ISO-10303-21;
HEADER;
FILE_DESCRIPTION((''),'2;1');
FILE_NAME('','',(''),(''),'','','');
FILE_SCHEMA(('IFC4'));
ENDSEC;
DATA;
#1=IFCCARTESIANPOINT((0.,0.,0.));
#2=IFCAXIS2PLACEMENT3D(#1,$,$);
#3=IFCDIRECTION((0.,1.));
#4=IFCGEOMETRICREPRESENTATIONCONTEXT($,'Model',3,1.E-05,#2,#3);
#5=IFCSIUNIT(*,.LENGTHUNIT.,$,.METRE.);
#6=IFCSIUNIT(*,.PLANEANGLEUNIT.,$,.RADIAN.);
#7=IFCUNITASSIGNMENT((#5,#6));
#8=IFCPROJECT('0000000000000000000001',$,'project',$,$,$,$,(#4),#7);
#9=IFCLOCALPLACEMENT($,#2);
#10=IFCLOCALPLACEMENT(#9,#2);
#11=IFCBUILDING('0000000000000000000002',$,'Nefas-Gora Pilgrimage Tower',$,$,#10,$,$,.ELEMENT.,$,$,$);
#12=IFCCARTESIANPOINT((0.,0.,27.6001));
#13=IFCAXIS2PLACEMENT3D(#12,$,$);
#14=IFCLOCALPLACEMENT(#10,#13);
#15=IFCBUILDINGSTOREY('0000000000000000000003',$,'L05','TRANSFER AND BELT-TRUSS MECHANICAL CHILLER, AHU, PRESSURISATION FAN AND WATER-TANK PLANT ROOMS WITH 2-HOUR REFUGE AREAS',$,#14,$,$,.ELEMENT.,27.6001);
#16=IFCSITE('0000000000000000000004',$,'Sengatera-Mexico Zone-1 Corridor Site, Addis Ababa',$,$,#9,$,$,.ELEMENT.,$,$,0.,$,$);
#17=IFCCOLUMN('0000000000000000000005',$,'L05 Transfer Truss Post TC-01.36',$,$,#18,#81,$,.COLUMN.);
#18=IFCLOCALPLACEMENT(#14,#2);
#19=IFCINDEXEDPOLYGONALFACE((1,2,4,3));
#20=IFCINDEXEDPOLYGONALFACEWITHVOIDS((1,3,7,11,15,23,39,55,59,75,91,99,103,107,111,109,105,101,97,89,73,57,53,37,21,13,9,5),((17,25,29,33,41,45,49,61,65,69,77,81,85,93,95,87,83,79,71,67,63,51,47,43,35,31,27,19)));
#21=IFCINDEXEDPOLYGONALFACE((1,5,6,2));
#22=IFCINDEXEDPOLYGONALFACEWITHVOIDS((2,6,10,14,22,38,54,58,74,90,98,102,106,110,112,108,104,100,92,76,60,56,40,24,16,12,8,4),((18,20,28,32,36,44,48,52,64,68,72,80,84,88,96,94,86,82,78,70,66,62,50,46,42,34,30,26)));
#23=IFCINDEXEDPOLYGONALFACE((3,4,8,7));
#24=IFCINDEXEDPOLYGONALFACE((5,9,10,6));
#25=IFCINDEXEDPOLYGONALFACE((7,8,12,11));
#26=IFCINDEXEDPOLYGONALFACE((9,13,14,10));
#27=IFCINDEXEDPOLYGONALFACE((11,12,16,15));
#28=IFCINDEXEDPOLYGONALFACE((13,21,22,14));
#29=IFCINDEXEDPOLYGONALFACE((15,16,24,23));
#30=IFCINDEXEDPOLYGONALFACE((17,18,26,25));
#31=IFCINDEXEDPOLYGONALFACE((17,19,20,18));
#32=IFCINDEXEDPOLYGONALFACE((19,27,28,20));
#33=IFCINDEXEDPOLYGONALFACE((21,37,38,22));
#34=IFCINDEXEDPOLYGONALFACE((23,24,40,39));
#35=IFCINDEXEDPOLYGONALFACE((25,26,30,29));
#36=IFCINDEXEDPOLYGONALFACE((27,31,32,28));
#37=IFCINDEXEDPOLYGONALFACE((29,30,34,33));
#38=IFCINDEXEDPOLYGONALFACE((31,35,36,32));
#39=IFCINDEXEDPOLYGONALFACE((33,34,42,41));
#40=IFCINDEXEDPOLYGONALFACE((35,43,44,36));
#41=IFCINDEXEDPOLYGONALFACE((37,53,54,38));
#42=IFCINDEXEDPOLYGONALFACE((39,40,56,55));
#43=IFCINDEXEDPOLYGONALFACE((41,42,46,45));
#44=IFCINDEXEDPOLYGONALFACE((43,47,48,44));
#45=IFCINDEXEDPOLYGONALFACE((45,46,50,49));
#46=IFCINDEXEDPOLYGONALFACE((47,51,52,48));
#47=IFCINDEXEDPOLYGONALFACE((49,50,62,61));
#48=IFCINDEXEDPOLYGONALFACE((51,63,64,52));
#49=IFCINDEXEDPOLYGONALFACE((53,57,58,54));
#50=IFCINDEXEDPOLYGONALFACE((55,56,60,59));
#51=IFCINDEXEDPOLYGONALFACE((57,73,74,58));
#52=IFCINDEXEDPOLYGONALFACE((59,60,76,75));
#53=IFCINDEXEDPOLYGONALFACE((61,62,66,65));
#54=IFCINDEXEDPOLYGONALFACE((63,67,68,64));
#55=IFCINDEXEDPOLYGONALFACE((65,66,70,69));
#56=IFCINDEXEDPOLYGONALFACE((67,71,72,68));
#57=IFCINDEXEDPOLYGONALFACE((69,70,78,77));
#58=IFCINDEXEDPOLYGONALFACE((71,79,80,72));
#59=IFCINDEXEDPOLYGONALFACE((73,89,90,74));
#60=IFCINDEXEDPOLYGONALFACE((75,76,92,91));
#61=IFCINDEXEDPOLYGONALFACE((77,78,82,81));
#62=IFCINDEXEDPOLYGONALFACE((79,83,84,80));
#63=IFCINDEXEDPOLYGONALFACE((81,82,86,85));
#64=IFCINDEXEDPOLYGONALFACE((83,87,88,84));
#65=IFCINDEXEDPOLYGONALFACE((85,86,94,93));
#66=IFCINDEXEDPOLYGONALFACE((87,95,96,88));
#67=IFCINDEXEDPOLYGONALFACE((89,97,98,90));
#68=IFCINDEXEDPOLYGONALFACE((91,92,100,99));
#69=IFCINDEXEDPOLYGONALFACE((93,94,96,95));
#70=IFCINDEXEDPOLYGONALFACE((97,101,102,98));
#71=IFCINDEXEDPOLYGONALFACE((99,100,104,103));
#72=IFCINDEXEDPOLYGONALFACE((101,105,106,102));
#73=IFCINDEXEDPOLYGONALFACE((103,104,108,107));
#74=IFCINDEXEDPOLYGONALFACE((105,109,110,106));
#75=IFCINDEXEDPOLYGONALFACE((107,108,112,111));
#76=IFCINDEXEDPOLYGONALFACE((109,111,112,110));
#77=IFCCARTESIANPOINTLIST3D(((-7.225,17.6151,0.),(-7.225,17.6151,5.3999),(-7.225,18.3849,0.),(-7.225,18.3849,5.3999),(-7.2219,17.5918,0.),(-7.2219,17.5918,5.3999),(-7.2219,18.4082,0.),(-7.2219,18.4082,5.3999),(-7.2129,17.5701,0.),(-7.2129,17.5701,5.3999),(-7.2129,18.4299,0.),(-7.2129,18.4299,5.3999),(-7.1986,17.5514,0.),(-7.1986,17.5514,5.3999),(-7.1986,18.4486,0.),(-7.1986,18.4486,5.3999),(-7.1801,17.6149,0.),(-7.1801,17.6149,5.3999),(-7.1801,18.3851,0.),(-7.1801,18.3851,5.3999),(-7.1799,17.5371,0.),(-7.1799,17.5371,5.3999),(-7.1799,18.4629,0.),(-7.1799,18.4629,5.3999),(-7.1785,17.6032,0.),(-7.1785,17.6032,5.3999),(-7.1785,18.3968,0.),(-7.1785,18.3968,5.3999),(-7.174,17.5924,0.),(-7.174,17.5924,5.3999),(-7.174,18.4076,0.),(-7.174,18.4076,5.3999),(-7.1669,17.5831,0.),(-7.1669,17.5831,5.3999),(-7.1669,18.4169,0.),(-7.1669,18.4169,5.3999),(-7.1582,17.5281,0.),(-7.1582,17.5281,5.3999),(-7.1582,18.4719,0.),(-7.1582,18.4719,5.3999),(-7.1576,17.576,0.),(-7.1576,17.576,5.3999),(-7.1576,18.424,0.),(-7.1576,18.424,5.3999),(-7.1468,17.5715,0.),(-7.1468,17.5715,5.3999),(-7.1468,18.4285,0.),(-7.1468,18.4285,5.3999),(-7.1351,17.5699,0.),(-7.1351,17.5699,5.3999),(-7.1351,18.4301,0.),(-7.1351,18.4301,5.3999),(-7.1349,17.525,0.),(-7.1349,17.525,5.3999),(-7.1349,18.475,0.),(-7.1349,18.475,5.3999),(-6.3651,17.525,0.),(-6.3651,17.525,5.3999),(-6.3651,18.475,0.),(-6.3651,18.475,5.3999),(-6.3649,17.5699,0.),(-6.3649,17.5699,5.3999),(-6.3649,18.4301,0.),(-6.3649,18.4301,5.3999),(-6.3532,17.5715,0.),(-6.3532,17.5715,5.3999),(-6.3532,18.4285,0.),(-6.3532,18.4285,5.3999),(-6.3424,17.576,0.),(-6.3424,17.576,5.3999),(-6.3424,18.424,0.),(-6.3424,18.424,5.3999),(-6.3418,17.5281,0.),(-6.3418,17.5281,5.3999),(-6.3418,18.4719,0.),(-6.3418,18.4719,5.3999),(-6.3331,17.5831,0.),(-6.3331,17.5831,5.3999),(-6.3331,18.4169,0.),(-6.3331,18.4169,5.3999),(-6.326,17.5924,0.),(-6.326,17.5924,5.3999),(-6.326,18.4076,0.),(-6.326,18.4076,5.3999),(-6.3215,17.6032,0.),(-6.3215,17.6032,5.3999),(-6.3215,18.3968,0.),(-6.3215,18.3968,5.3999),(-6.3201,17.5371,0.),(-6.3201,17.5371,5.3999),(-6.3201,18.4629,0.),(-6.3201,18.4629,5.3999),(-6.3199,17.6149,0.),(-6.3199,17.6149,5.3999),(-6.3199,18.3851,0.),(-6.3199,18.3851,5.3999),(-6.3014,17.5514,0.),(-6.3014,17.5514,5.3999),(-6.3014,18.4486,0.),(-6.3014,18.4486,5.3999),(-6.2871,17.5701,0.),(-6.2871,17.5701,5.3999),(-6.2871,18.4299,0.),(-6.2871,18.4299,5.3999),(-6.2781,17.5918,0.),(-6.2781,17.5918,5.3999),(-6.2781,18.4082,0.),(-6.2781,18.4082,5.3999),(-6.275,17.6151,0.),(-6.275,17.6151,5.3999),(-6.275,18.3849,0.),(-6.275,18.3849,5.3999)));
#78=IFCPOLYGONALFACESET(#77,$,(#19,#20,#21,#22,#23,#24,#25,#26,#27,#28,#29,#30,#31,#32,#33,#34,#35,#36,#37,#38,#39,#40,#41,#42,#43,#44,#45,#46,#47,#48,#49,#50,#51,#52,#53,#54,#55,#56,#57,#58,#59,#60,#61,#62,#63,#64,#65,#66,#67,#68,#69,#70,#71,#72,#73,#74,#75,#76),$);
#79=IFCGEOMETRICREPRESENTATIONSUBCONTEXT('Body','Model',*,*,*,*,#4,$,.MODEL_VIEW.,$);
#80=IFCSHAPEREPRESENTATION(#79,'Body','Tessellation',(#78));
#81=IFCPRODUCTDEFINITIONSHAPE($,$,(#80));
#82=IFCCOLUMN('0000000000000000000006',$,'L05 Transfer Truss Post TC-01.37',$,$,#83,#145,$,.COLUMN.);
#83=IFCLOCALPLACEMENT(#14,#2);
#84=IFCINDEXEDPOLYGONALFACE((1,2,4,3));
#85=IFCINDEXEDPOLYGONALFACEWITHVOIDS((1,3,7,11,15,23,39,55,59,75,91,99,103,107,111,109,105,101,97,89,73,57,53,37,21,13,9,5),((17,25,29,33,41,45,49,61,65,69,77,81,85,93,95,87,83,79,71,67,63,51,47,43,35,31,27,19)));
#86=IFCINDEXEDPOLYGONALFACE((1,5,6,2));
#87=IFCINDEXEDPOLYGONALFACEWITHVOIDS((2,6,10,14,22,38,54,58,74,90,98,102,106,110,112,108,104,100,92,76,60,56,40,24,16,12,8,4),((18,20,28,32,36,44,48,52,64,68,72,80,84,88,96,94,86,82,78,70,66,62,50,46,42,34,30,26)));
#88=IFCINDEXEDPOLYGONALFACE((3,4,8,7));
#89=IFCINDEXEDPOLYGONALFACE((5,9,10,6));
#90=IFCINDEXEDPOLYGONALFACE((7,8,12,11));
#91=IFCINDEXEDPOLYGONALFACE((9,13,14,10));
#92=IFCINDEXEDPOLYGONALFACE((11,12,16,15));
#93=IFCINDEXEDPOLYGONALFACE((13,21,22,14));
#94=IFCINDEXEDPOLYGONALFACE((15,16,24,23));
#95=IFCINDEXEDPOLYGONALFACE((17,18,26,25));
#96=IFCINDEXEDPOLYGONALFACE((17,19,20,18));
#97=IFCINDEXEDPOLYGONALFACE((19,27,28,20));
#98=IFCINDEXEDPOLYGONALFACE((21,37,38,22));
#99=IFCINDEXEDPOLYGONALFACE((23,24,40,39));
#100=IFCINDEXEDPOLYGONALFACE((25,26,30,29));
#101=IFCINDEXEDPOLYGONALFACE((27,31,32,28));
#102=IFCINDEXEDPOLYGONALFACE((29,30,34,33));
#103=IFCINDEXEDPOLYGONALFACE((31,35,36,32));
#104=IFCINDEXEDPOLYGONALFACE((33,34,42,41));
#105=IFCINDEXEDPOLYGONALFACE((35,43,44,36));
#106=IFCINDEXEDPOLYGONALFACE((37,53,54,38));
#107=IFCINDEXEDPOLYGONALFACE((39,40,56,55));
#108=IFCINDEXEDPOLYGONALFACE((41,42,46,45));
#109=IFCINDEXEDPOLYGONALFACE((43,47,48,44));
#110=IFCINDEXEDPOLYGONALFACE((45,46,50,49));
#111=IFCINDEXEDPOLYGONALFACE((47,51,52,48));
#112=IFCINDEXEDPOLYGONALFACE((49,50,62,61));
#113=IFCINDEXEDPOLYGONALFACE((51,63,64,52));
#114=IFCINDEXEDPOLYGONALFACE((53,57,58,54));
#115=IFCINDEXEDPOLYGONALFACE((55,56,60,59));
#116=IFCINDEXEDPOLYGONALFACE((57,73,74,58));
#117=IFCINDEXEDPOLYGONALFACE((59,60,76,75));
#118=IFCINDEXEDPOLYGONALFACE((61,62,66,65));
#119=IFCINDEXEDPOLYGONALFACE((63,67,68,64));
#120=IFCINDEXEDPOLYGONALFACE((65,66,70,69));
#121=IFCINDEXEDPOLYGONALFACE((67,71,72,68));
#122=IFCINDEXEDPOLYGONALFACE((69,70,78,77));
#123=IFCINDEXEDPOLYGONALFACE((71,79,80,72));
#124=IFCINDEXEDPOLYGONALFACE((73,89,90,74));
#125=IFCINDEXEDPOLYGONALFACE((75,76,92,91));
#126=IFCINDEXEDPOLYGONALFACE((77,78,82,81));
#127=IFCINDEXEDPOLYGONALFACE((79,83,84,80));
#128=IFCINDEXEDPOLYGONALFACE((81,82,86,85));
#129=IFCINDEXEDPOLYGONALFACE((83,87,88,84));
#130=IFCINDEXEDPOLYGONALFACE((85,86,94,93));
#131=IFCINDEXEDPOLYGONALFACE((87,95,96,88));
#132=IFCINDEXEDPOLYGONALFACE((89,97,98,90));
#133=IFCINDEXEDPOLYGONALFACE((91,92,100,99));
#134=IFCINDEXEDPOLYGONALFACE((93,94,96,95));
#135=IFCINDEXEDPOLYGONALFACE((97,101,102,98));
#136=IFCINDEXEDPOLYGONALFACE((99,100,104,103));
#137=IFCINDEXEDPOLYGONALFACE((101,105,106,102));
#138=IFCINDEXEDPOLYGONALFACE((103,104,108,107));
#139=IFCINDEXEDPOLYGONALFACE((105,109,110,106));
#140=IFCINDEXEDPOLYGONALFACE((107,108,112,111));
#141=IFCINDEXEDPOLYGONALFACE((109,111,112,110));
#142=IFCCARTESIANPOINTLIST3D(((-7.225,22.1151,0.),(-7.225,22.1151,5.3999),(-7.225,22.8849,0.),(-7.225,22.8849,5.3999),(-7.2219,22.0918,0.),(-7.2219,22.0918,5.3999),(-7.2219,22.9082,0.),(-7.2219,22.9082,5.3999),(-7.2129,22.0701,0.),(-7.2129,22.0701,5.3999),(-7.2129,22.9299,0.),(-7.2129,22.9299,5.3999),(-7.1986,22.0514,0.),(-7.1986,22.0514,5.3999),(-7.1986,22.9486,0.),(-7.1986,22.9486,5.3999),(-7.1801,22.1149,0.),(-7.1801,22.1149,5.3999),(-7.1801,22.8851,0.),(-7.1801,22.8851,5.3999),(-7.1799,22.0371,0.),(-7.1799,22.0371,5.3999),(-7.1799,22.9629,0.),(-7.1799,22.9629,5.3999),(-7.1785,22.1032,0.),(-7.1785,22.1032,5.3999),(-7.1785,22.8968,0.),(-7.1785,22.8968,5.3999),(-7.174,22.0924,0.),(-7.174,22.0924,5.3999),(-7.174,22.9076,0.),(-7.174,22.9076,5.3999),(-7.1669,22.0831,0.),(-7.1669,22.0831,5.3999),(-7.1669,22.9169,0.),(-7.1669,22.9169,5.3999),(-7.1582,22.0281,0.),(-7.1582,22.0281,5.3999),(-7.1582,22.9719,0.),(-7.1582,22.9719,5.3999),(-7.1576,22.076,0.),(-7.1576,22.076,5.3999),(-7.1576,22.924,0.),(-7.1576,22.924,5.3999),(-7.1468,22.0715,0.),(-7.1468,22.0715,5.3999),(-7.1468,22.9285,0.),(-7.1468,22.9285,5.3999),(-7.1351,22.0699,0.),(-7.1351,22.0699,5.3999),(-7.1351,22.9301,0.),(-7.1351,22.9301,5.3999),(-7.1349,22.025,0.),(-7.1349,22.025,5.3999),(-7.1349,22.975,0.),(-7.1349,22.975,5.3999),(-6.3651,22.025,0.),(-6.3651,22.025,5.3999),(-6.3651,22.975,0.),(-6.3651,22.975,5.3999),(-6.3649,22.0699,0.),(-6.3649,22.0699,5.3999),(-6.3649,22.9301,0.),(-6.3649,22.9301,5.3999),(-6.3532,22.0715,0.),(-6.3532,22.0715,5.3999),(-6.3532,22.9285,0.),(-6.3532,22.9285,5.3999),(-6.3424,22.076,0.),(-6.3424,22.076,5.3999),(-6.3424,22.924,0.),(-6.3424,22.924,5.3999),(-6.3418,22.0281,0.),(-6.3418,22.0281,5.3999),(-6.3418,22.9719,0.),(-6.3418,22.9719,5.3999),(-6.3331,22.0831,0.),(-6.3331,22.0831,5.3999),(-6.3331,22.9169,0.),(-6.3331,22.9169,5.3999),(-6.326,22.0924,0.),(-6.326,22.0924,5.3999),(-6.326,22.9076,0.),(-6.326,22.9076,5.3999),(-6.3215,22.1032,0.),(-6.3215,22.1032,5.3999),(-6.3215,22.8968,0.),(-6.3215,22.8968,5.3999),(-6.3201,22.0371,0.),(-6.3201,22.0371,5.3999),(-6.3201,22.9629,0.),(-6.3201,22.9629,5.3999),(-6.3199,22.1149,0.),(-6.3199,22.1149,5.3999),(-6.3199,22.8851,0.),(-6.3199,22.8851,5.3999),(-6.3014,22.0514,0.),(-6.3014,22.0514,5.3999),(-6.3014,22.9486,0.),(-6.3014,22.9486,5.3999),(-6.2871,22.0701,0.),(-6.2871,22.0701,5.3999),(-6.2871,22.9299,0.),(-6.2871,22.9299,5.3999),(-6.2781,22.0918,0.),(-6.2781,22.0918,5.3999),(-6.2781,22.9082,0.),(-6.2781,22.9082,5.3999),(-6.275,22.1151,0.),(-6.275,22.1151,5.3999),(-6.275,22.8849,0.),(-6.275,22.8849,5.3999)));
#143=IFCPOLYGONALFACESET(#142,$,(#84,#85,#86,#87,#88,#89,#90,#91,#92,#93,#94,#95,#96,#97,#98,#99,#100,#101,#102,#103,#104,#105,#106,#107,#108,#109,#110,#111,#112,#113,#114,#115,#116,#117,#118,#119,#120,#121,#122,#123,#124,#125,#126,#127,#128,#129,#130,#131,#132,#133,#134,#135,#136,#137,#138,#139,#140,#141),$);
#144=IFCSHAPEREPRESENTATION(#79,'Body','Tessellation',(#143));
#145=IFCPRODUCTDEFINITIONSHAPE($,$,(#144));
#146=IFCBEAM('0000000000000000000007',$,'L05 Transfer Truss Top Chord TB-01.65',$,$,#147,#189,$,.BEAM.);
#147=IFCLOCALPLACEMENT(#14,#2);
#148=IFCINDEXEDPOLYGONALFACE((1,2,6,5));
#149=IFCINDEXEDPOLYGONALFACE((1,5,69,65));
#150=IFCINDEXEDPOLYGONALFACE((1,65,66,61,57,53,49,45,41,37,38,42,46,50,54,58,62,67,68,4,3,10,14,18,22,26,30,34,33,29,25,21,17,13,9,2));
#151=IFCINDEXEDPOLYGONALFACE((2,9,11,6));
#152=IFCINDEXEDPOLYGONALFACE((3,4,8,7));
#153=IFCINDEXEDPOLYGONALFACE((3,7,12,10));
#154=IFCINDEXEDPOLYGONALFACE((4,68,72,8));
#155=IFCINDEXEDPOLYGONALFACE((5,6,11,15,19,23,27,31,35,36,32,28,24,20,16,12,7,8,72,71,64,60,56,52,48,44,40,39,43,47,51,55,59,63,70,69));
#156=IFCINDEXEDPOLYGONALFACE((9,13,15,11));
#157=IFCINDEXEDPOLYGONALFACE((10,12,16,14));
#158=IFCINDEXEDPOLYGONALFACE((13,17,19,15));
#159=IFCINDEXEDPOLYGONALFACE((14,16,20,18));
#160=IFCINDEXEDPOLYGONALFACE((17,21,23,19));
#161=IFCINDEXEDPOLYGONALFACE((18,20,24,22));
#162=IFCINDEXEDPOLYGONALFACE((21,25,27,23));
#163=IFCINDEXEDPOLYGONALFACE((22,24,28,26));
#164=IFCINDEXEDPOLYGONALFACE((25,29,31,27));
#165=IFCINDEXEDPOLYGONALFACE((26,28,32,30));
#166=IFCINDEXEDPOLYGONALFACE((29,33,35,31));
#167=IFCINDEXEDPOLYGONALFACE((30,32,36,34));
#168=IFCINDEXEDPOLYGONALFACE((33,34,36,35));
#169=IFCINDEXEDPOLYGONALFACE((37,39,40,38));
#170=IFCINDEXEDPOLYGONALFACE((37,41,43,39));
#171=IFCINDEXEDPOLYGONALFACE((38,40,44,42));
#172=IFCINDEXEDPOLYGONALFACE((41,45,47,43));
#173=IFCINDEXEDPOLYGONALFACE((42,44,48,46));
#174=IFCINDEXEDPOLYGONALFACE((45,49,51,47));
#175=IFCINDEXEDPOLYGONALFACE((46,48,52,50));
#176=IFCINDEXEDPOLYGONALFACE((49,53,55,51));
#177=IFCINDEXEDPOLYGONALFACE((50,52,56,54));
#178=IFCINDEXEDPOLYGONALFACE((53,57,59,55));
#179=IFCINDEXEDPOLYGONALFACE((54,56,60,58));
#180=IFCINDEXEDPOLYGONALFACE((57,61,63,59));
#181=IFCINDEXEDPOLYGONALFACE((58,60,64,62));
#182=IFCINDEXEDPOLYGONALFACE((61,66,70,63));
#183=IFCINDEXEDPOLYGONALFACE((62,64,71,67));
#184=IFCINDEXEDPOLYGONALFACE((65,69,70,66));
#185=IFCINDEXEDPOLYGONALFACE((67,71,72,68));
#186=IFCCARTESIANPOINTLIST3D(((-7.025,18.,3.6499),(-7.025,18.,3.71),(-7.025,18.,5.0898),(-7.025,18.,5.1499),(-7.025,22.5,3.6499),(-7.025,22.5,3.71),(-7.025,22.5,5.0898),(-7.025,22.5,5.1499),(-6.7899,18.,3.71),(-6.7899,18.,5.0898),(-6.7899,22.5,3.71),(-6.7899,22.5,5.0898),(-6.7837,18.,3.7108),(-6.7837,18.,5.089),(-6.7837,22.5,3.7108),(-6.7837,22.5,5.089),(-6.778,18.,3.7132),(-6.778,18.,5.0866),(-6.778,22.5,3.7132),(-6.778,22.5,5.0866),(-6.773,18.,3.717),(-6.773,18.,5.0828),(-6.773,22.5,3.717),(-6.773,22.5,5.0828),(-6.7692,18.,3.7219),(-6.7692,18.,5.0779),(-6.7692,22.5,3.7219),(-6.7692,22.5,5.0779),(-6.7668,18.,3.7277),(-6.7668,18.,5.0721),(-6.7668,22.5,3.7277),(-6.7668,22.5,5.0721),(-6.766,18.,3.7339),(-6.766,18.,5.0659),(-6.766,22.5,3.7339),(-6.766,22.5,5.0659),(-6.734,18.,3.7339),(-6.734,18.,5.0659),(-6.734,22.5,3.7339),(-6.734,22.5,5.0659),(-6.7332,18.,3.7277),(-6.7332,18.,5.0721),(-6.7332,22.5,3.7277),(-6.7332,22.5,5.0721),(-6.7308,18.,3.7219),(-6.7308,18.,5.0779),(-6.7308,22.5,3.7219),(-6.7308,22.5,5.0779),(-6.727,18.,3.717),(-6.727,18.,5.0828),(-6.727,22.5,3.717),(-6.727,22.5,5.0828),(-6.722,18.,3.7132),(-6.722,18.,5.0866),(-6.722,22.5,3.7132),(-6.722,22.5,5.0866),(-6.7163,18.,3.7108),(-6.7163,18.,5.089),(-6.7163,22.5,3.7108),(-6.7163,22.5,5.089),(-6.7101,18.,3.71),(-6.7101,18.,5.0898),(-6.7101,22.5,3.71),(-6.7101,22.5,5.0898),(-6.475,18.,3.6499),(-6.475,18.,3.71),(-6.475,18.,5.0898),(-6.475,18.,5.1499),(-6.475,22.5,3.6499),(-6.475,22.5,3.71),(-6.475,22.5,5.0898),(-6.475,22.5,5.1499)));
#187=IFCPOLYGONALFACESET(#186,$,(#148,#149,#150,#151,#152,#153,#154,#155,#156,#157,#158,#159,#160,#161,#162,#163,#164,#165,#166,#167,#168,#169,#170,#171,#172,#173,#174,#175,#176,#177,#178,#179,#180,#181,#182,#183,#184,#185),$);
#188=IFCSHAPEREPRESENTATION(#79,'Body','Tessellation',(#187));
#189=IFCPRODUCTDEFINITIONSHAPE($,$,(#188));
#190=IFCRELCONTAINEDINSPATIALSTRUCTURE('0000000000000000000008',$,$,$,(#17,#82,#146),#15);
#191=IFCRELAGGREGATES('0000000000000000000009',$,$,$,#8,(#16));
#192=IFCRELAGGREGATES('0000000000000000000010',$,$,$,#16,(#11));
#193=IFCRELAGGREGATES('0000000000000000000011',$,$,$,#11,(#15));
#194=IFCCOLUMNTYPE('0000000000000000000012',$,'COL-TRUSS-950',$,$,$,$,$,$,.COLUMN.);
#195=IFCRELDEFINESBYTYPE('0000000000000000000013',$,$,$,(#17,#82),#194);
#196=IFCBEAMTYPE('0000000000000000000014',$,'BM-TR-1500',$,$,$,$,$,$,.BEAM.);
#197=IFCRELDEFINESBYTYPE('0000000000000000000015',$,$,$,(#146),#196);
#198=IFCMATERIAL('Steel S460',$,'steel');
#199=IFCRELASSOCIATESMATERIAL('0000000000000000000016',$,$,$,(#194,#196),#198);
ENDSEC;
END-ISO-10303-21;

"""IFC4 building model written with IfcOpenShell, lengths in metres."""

from ifc_helpers import new_model, si_unit, direction, frame, origin, origin_2d, place, context, subcontext, project, spatial, hollow_rectangle, i_section, extrude, source, transform, mapped, material, material_profile, profile_set, type_object, element, save


model = new_model("IFC4")

# Units and contexts
model_context = context("Model", 3, precision=1e-05, world=origin(), true_north=direction((0.0, 1.0)))
body_context = subcontext(model_context, "Body", "Model", "MODEL_VIEW")
ifc_project = project(units=[si_unit("LENGTHUNIT", "METRE"), si_unit("PLANEANGLEUNIT", "RADIAN")], contexts=[model_context])

# Site, building, storey
site_placement = place(None, origin())
site = spatial("IfcSite", under=ifc_project, at=site_placement, Name="Sengatera-Mexico Zone-1 Corridor Site, Addis Ababa", CompositionType="ELEMENT", RefElevation=0.0)
building_placement = place(site_placement, origin())
building = spatial("IfcBuilding", under=site, at=building_placement, Name="Nefas-Gora Pilgrimage Tower", CompositionType="ELEMENT")
storey_placement = place(building_placement, frame((0.0, 0.0, 27.6001)))
storey = spatial("IfcBuildingStorey", under=building, at=storey_placement, Name="L05", Description="TRANSFER AND BELT-TRUSS MECHANICAL CHILLER, AHU, PRESSURISATION FAN AND WATER-TANK PLANT ROOMS WITH 2-HOUR REFUGE AREAS", CompositionType="ELEMENT", Elevation=27.6001)

# Columns
ifc_material = material(Name="Steel S460", Category="steel")
ifc_material_profile_1 = material_profile(ifc_material, hollow_rectangle(XDim=0.95, YDim=0.95, WallThickness=0.0449, InnerFilletRadius=0.0449, OuterFilletRadius=0.0901, at=origin_2d()), Name="BOX 950x950x45")
ifc_profile_set_1 = profile_set([ifc_material_profile_1], Name="Steel S460")
column_type_1 = type_object("IfcColumnType", Name="COL-TRUSS-950", PredefinedType="COLUMN", material=ifc_profile_set_1)
shared_shape_1 = source(origin(), body_context, "Body", "SweptSolid", [
    extrude(hollow_rectangle(XDim=0.95, YDim=0.95, WallThickness=0.0449, InnerFilletRadius=0.0449, OuterFilletRadius=0.0901, at=origin_2d()), origin(), (0.0, 0.0, 1.0), 5.3999),
])
for number, where, z_axis, x_axis, name in (
    (1, (-6.75, 18.0, 0.0), (0.0, 0.0, 1.0), (1.0, 0.0, 0.0), "L05 Transfer Truss Post TC-01.36"),
    (2, (-6.75, 22.5, 0.0), (0.0, 0.0, 1.0), (1.0, 0.0, 0.0), "L05 Transfer Truss Post TC-01.37"),
):
    element("IfcColumn", number, at=place(storey_placement, frame(where, z_axis=z_axis, x_axis=x_axis)), inside=storey, type_object=column_type_1, Name=name, PredefinedType="COLUMN", context=body_context, shape_type="MappedRepresentation", body=[
        mapped(shared_shape_1, transform((0.0, 0.0, 0.0), x_axis=(1.0, 0.0, 0.0), y_axis=(0.0, 1.0, 0.0), z_axis=(0.0, 0.0, 1.0), scale=1.0)),
    ])

# Beam
ifc_material_profile_2 = material_profile(ifc_material, i_section(OverallWidth=0.55, OverallDepth=1.5, WebThickness=0.032, FlangeThickness=0.0601, FilletRadius=0.0239, at=origin_2d()), Name="WPG 1500x550x32x60")
ifc_profile_set_2 = profile_set([ifc_material_profile_2], Name="Steel S460")
beam_type_1 = type_object("IfcBeamType", Name="BM-TR-1500", PredefinedType="BEAM", material=ifc_profile_set_2)
shared_shape_2 = source(origin(), body_context, "Body", "SweptSolid", [
    extrude(i_section(OverallWidth=0.55, OverallDepth=1.5, WebThickness=0.032, FlangeThickness=0.0601, FilletRadius=0.0239, at=origin_2d()), origin(), (0.0, 0.0, 1.0), 4.5),
])
for number, where, z_axis, x_axis, name in (
    (3, (-6.75, 18.0, 4.3999), (0.0, 1.0, 0.0), (-1.0, 0.0, 0.0), "L05 Transfer Truss Top Chord TB-01.65"),
):
    element("IfcBeam", number, at=place(storey_placement, frame(where, z_axis=z_axis, x_axis=x_axis)), inside=storey, type_object=beam_type_1, Name=name, PredefinedType="BEAM", context=body_context, shape_type="MappedRepresentation", body=[
        mapped(shared_shape_2, transform((0.0, 0.0, 0.0), x_axis=(1.0, 0.0, 0.0), y_axis=(0.0, 1.0, 0.0), z_axis=(0.0, 0.0, 1.0), scale=1.0)),
    ])

save(model, "model.ifc")
